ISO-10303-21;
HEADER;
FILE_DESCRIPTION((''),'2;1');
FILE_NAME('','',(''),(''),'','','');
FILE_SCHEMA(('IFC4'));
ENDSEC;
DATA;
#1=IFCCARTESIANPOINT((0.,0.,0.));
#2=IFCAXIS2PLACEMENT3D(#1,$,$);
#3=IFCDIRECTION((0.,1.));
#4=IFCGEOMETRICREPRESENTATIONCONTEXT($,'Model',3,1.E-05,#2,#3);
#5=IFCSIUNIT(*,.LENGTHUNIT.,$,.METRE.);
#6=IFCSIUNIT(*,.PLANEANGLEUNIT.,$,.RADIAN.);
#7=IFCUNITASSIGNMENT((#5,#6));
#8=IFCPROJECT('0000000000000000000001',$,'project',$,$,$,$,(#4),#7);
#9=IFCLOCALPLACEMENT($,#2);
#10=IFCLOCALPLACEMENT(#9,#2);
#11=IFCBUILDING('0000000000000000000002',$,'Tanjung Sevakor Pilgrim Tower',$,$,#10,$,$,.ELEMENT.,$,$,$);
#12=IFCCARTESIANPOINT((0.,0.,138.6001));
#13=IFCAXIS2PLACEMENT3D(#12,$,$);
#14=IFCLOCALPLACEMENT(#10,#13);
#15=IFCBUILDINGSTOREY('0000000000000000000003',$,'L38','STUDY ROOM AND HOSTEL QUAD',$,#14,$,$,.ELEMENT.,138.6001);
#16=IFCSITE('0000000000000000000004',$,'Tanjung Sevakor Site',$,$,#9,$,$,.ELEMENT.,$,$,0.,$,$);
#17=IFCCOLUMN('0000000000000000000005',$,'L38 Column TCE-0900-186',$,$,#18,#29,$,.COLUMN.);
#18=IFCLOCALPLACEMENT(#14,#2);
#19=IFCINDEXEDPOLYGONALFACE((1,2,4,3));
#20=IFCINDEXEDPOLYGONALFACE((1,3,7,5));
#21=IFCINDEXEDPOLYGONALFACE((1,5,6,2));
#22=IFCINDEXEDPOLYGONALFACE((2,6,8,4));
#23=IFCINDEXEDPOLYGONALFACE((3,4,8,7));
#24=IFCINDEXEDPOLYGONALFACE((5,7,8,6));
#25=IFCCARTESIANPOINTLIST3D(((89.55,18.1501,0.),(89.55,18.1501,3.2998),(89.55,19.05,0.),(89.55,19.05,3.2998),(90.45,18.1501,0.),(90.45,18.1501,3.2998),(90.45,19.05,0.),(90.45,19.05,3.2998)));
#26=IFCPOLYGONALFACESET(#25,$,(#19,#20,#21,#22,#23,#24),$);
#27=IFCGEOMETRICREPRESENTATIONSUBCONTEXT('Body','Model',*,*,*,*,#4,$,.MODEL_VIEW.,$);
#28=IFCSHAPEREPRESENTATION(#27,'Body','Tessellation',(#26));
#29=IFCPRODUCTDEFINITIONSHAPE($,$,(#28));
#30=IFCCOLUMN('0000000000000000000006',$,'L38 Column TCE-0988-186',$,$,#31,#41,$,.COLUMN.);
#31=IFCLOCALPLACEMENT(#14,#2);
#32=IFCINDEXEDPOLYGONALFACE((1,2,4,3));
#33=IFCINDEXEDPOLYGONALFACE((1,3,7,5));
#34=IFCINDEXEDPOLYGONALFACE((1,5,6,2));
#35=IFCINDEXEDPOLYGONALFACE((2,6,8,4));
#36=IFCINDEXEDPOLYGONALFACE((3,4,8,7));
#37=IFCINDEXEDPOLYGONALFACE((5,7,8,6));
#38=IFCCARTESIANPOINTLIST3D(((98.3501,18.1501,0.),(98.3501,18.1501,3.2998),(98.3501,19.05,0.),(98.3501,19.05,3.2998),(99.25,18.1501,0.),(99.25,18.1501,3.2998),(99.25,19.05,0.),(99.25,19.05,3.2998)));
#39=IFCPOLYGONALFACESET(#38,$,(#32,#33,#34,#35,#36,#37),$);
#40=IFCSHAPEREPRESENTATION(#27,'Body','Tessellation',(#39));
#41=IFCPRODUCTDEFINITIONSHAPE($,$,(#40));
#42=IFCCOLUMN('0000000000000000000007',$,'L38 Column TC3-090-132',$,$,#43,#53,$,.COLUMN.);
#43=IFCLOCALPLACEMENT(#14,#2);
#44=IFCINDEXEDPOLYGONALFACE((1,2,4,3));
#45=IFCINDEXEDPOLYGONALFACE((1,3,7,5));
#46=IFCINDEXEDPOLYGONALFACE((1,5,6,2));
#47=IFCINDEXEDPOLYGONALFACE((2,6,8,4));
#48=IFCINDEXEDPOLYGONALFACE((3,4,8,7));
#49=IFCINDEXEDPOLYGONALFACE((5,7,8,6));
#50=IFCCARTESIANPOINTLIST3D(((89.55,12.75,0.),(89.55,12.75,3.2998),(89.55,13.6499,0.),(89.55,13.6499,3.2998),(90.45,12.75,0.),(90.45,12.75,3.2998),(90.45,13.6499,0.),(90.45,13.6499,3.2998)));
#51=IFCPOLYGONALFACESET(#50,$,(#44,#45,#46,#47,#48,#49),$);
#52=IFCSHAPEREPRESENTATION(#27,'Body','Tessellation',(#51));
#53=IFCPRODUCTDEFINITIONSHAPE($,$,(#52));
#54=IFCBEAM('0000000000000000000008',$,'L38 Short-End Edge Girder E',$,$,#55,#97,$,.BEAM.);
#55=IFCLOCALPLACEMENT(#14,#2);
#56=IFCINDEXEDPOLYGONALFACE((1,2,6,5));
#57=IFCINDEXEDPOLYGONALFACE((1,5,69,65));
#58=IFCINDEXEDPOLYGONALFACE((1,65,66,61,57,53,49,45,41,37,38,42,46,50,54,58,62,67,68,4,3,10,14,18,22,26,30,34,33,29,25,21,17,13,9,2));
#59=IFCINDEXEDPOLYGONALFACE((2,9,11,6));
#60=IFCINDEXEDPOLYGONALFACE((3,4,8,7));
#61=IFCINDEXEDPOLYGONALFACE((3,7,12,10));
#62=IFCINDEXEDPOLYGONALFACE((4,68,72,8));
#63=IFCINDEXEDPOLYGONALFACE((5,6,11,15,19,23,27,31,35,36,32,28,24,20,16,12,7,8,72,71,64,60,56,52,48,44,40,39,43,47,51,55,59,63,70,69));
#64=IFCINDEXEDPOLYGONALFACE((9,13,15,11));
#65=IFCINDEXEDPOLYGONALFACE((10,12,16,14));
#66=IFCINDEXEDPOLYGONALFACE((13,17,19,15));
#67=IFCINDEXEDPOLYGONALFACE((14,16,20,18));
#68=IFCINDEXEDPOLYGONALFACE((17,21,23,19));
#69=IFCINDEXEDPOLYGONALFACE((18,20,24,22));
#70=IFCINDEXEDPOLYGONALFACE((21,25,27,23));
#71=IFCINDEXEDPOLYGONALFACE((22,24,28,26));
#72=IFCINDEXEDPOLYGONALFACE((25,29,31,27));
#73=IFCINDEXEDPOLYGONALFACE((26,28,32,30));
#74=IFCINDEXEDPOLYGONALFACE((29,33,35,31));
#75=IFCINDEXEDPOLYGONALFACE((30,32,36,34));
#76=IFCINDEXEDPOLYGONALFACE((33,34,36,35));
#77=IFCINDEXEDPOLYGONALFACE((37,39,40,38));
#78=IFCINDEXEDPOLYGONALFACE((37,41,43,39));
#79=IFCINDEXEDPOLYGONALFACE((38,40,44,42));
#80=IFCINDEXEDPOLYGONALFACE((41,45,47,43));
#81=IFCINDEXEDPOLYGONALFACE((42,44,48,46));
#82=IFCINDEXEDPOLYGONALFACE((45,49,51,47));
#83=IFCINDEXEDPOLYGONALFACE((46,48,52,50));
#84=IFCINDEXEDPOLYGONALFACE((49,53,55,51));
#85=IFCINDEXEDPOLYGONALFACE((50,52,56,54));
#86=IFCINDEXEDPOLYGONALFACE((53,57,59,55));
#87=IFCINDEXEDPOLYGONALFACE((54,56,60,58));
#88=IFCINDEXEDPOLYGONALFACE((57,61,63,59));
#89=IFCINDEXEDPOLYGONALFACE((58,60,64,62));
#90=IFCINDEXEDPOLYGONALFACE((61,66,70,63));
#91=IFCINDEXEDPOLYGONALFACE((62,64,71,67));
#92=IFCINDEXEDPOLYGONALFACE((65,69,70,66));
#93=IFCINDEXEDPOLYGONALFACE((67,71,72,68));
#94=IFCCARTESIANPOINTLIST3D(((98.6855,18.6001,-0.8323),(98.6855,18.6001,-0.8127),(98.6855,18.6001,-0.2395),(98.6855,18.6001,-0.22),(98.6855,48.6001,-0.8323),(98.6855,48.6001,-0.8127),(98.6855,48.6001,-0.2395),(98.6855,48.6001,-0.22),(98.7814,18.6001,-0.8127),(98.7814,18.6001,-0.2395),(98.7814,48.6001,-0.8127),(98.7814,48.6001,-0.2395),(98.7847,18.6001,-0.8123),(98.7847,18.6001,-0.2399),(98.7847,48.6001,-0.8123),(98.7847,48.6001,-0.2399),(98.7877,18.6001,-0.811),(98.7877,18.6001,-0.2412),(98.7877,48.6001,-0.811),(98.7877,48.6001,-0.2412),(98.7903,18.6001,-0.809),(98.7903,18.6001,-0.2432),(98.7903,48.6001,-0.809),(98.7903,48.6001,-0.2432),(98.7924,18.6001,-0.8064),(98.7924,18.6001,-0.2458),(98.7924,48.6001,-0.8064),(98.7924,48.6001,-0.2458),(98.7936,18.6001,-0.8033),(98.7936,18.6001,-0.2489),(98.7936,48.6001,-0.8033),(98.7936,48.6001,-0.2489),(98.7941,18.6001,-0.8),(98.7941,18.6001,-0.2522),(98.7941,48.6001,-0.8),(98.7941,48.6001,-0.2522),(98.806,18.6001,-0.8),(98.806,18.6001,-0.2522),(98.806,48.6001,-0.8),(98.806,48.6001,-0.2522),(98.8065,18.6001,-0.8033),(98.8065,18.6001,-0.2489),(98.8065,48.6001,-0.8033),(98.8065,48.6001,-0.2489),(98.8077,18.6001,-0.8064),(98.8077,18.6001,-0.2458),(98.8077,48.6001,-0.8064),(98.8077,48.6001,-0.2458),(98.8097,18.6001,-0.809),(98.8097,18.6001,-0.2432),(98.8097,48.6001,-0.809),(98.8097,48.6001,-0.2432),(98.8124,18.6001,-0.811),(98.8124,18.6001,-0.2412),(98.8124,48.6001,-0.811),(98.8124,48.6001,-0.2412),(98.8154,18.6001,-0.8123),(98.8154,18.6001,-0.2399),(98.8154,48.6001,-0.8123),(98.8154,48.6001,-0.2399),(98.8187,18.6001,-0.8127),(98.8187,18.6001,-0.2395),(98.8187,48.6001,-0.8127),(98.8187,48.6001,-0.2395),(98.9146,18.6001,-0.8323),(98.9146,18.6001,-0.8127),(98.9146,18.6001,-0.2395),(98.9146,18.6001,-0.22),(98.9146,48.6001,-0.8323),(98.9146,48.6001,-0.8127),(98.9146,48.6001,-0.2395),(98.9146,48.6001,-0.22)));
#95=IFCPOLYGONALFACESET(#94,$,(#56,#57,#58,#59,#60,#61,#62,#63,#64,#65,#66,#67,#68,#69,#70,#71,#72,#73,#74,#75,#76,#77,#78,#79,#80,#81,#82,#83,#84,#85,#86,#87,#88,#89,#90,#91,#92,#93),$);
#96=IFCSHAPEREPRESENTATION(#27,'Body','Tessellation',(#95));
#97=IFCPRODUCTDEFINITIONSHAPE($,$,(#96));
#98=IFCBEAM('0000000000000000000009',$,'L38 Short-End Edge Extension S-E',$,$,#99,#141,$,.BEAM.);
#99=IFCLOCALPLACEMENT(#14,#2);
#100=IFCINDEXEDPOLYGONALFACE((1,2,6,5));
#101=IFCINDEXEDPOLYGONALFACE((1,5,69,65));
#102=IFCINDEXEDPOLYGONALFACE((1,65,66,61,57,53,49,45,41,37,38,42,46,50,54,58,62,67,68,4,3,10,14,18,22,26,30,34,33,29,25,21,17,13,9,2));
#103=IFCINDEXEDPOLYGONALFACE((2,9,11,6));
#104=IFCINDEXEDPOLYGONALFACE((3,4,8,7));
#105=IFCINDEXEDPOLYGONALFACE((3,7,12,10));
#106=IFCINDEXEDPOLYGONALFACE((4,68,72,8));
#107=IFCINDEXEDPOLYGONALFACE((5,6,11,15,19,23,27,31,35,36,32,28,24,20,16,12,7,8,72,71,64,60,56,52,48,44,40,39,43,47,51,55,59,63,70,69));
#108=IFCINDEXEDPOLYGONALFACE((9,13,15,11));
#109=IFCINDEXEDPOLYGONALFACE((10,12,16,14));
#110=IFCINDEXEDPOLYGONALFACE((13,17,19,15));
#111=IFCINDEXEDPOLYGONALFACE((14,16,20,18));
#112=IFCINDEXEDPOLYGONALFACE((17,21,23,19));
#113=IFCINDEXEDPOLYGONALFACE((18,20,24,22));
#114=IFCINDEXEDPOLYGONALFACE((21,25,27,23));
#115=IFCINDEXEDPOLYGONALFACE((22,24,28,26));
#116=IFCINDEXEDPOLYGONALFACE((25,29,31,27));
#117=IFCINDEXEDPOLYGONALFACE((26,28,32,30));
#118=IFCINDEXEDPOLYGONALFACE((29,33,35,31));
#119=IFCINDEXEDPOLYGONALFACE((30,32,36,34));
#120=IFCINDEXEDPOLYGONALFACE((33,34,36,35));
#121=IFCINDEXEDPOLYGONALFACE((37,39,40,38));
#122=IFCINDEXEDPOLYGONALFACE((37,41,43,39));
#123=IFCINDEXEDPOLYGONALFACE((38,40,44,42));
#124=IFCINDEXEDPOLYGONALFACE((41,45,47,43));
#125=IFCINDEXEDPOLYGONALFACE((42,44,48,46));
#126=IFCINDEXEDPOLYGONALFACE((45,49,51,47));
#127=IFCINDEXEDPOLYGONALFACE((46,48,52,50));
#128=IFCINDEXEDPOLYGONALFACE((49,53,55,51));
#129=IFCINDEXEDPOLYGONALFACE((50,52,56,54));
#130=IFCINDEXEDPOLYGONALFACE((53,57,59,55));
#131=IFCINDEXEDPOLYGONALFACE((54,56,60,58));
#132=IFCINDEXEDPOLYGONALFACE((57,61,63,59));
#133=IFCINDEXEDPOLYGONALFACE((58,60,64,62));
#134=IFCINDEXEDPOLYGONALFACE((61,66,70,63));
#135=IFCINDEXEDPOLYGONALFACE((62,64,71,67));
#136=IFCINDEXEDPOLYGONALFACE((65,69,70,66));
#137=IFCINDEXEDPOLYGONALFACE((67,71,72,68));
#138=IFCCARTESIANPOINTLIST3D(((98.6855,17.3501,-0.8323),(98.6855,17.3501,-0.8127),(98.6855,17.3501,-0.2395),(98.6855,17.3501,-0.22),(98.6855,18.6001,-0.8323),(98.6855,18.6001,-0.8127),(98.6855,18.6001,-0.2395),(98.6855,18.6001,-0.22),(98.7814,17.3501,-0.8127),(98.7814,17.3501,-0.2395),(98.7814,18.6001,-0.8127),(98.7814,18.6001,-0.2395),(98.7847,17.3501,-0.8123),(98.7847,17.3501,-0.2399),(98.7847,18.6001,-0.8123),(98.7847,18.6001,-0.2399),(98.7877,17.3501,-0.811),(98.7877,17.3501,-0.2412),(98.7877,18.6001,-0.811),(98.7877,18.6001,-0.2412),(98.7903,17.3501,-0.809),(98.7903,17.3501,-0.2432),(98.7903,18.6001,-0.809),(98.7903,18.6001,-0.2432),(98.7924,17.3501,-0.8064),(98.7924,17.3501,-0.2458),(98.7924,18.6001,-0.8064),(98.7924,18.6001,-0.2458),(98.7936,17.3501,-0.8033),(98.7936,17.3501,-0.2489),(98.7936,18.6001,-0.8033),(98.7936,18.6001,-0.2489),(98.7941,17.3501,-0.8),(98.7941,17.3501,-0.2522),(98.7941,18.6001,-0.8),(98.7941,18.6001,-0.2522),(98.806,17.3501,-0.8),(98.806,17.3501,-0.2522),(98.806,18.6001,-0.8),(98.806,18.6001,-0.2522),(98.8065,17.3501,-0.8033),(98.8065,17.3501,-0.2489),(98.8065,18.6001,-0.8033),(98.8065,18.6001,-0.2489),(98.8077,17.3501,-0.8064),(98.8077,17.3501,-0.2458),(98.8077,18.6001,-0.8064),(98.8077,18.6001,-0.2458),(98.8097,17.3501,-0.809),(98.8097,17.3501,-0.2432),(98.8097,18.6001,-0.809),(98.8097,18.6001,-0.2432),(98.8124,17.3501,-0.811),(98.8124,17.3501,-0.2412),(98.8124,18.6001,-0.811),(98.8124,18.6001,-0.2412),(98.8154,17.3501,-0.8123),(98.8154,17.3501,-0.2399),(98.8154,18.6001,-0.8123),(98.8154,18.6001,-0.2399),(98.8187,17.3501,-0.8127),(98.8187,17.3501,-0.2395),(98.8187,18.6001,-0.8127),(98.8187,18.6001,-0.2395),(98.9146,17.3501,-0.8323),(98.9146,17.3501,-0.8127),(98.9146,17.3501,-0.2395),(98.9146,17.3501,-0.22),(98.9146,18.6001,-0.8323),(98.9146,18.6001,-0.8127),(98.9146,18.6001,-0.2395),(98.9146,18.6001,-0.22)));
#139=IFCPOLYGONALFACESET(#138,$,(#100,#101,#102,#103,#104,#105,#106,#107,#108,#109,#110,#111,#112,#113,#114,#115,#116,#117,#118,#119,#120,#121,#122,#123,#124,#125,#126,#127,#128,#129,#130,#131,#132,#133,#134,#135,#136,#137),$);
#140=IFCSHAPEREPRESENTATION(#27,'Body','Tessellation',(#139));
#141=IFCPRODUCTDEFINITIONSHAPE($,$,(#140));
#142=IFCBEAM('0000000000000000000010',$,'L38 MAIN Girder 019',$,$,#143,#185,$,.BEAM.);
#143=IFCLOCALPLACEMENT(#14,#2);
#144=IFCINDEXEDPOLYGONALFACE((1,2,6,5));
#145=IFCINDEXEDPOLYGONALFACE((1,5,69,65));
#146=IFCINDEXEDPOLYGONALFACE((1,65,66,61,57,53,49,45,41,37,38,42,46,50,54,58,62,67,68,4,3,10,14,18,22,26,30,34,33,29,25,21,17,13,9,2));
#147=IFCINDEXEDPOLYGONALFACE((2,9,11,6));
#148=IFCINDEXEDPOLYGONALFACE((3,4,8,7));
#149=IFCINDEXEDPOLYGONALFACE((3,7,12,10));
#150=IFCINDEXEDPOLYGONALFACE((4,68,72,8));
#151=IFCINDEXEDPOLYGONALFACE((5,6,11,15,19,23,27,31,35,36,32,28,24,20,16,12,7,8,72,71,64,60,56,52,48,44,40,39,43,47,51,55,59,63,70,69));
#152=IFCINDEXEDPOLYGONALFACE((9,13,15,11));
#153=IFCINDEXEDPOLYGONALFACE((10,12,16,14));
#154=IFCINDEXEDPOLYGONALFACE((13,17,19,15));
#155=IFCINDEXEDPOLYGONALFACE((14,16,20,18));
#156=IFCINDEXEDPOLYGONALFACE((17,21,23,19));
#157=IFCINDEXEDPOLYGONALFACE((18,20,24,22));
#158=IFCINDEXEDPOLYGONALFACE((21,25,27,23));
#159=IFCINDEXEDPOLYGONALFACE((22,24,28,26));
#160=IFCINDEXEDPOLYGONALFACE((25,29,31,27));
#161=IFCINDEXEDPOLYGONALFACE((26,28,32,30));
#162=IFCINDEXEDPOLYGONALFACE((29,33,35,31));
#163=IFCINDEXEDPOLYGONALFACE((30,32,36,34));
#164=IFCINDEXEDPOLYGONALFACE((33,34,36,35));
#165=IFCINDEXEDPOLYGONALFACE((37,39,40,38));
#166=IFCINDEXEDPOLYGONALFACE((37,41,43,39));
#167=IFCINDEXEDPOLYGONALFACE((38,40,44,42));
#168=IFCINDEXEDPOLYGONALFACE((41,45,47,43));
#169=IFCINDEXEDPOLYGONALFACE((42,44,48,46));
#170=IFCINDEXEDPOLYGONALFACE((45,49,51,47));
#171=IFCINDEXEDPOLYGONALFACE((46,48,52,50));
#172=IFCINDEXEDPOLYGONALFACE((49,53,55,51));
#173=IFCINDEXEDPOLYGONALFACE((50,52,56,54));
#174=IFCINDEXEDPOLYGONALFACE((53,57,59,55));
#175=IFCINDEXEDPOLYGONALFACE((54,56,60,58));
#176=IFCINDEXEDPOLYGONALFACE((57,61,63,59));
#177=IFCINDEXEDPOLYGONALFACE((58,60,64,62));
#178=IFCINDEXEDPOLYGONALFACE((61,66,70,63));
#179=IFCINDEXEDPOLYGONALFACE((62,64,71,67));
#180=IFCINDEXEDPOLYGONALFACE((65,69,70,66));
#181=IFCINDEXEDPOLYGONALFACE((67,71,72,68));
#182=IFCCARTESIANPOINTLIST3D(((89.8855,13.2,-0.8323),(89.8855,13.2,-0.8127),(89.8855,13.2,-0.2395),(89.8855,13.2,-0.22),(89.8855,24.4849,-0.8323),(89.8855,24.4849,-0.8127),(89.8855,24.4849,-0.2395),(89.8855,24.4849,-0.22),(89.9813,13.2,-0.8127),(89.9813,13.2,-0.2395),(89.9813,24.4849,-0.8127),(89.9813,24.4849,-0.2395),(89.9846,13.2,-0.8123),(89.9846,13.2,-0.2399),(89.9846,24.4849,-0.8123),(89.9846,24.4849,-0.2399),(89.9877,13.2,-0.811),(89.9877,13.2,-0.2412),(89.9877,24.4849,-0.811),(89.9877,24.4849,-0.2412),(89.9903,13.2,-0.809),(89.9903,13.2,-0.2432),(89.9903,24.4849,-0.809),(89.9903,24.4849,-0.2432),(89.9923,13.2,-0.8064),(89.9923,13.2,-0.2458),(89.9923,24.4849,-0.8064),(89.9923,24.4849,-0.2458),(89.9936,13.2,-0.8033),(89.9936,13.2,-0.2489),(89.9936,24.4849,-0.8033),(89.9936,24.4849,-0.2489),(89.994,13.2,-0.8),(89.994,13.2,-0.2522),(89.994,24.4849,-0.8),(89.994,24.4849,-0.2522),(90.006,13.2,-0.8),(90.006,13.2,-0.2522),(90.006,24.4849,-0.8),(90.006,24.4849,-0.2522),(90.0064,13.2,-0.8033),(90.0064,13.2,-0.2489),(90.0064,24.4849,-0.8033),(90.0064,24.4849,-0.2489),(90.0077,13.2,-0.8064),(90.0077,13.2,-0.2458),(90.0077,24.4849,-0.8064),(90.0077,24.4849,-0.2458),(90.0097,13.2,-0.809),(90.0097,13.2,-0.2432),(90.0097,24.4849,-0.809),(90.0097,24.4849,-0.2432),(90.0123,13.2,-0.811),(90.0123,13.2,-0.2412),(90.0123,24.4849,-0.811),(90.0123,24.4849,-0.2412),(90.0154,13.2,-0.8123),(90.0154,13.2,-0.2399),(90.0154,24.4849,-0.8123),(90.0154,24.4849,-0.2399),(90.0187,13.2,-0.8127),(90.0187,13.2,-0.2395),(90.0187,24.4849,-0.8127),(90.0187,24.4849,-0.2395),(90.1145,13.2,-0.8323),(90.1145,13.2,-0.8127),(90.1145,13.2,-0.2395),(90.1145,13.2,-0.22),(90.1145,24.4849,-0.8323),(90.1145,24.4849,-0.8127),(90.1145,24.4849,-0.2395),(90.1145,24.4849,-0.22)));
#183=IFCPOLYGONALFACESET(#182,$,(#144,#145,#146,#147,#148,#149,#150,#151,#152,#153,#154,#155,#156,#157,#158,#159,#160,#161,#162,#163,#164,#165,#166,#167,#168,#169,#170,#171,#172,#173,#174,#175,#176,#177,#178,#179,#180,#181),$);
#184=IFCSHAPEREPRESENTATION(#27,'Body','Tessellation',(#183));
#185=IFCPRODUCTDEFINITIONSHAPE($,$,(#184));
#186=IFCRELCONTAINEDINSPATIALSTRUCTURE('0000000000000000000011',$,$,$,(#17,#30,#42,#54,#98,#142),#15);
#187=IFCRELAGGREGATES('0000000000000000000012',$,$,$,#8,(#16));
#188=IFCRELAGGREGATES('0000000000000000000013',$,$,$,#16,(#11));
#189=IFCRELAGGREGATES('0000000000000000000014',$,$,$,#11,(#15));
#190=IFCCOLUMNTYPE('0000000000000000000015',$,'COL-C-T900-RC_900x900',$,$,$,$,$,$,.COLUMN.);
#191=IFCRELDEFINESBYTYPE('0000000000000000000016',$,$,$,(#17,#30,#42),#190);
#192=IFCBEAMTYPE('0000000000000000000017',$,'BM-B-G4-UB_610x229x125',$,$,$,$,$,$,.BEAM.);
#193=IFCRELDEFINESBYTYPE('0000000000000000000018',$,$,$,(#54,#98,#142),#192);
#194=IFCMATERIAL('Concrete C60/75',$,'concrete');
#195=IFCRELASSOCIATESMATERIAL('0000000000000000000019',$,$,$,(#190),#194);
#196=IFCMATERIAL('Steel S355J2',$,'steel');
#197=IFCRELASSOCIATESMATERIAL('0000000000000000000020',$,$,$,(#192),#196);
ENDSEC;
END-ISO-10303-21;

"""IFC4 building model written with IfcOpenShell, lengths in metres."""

from ifc_helpers import new_model, si_unit, direction, frame, origin, origin_2d, place, context, subcontext, project, spatial, rectangle, i_section, extrude, material, material_profile, profile_set, type_object, element, save


model = new_model("IFC4")

# Units and contexts
model_context = context("Model", 3, precision=1e-05, world=origin(), true_north=direction((0.0, 1.0)))
body_context = subcontext(model_context, "Body", "Model", "MODEL_VIEW")
ifc_project = project(units=[si_unit("LENGTHUNIT", "METRE"), si_unit("PLANEANGLEUNIT", "RADIAN")], contexts=[model_context])

# Site, building, storey
site_placement = place(None, origin())
site = spatial("IfcSite", under=ifc_project, at=site_placement, Name="Tanjung Sevakor Site", CompositionType="ELEMENT", RefElevation=0.0)
building_placement = place(site_placement, origin())
building = spatial("IfcBuilding", under=site, at=building_placement, Name="Tanjung Sevakor Pilgrim Tower", CompositionType="ELEMENT")
storey_placement = place(building_placement, frame((0.0, 0.0, 138.6001)))
storey = spatial("IfcBuildingStorey", under=building, at=storey_placement, Name="L38", Description="STUDY ROOM AND HOSTEL QUAD", CompositionType="ELEMENT", Elevation=138.6001)

# Columns
ifc_material_1 = material(Name="Concrete C60/75", Category="concrete")
ifc_material_profile_1 = material_profile(ifc_material_1, rectangle(XDim=0.8999, YDim=0.8999, at=origin_2d()))
ifc_profile_set_1 = profile_set([ifc_material_profile_1], Name="Concrete C60/75")
column_type = type_object("IfcColumnType", Name="COL-C-T900-RC_900x900", PredefinedType="COLUMN", material=ifc_profile_set_1)
for number, where, z_axis, x_axis, name in (
    (1, (90.0, 18.6001, 0.0), (0.0, 0.0, 1.0), (1.0, 0.0, 0.0), "L38 Column TCE-0900-186"),
    (2, (98.8, 18.6001, 0.0), (0.0, 0.0, 1.0), (1.0, 0.0, 0.0), "L38 Column TCE-0988-186"),
    (3, (90.0, 13.2, 0.0), (0.0, 0.0, 1.0), (1.0, 0.0, 0.0), "L38 Column TC3-090-132"),
):
    element("IfcColumn", number, at=place(storey_placement, frame(where, z_axis=z_axis, x_axis=x_axis)), inside=storey, type_object=column_type, Name=name, PredefinedType="COLUMN", context=body_context, shape_type="SweptSolid", body=[
        extrude(rectangle(XDim=0.8999, YDim=0.8999, at=origin_2d()), origin(), (0.0, 0.0, 1.0), 3.2998),
    ])

# Beams
ifc_material_2 = material(Name="Steel S355J2", Category="steel")
ifc_material_profile_2 = material_profile(ifc_material_2, i_section(OverallWidth=0.229, OverallDepth=0.6123, WebThickness=0.012, FlangeThickness=0.0195, FilletRadius=0.0127, at=origin_2d()))
ifc_profile_set_2 = profile_set([ifc_material_profile_2], Name="Steel S355J2")
beam_type_1 = type_object("IfcBeamType", Name="BM-B-G4-UB_610x229x125", PredefinedType="BEAM", material=ifc_profile_set_2)
beam_1_placement = place(storey_placement, frame((98.8, 18.6001, -0.5261), z_axis=(0.0, 1.0, 0.0), x_axis=(-1.0, 0.0, 0.0)))
element("IfcBeam", 4, at=beam_1_placement, inside=storey, type_object=beam_type_1, Name="L38 Short-End Edge Girder E", PredefinedType="BEAM", context=body_context, shape_type="SweptSolid", body=[
    extrude(i_section(OverallWidth=0.229, OverallDepth=0.6123, WebThickness=0.012, FlangeThickness=0.0195, FilletRadius=0.0127, at=origin_2d()), origin(), (0.0, 0.0, 1.0), 30.0),
])
beam_2_placement = place(storey_placement, frame((98.8, 18.6001, -0.5261), z_axis=(0.0, -1.0, 0.0), x_axis=(1.0, 0.0, 0.0)))
element("IfcBeam", 5, at=beam_2_placement, inside=storey, type_object=beam_type_1, Name="L38 Short-End Edge Extension S-E", PredefinedType="BEAM", context=body_context, shape_type="SweptSolid", body=[
    extrude(i_section(OverallWidth=0.229, OverallDepth=0.6123, WebThickness=0.012, FlangeThickness=0.0195, FilletRadius=0.0127, at=origin_2d()), origin(), (0.0, 0.0, 1.0), 1.25),
])
beam_3_placement = place(storey_placement, frame((90.0, 13.2, -0.5261), z_axis=(0.0, 1.0, 0.0), x_axis=(-1.0, 0.0, 0.0)))
element("IfcBeam", 6, at=beam_3_placement, inside=storey, type_object=beam_type_1, Name="L38 MAIN Girder 019", PredefinedType="BEAM", context=body_context, shape_type="SweptSolid", body=[
    extrude(i_section(OverallWidth=0.229, OverallDepth=0.6123, WebThickness=0.012, FlangeThickness=0.0195, FilletRadius=0.0127, at=origin_2d()), origin(), (0.0, 0.0, 1.0), 11.2849),
])

save(model, "model.ifc")
